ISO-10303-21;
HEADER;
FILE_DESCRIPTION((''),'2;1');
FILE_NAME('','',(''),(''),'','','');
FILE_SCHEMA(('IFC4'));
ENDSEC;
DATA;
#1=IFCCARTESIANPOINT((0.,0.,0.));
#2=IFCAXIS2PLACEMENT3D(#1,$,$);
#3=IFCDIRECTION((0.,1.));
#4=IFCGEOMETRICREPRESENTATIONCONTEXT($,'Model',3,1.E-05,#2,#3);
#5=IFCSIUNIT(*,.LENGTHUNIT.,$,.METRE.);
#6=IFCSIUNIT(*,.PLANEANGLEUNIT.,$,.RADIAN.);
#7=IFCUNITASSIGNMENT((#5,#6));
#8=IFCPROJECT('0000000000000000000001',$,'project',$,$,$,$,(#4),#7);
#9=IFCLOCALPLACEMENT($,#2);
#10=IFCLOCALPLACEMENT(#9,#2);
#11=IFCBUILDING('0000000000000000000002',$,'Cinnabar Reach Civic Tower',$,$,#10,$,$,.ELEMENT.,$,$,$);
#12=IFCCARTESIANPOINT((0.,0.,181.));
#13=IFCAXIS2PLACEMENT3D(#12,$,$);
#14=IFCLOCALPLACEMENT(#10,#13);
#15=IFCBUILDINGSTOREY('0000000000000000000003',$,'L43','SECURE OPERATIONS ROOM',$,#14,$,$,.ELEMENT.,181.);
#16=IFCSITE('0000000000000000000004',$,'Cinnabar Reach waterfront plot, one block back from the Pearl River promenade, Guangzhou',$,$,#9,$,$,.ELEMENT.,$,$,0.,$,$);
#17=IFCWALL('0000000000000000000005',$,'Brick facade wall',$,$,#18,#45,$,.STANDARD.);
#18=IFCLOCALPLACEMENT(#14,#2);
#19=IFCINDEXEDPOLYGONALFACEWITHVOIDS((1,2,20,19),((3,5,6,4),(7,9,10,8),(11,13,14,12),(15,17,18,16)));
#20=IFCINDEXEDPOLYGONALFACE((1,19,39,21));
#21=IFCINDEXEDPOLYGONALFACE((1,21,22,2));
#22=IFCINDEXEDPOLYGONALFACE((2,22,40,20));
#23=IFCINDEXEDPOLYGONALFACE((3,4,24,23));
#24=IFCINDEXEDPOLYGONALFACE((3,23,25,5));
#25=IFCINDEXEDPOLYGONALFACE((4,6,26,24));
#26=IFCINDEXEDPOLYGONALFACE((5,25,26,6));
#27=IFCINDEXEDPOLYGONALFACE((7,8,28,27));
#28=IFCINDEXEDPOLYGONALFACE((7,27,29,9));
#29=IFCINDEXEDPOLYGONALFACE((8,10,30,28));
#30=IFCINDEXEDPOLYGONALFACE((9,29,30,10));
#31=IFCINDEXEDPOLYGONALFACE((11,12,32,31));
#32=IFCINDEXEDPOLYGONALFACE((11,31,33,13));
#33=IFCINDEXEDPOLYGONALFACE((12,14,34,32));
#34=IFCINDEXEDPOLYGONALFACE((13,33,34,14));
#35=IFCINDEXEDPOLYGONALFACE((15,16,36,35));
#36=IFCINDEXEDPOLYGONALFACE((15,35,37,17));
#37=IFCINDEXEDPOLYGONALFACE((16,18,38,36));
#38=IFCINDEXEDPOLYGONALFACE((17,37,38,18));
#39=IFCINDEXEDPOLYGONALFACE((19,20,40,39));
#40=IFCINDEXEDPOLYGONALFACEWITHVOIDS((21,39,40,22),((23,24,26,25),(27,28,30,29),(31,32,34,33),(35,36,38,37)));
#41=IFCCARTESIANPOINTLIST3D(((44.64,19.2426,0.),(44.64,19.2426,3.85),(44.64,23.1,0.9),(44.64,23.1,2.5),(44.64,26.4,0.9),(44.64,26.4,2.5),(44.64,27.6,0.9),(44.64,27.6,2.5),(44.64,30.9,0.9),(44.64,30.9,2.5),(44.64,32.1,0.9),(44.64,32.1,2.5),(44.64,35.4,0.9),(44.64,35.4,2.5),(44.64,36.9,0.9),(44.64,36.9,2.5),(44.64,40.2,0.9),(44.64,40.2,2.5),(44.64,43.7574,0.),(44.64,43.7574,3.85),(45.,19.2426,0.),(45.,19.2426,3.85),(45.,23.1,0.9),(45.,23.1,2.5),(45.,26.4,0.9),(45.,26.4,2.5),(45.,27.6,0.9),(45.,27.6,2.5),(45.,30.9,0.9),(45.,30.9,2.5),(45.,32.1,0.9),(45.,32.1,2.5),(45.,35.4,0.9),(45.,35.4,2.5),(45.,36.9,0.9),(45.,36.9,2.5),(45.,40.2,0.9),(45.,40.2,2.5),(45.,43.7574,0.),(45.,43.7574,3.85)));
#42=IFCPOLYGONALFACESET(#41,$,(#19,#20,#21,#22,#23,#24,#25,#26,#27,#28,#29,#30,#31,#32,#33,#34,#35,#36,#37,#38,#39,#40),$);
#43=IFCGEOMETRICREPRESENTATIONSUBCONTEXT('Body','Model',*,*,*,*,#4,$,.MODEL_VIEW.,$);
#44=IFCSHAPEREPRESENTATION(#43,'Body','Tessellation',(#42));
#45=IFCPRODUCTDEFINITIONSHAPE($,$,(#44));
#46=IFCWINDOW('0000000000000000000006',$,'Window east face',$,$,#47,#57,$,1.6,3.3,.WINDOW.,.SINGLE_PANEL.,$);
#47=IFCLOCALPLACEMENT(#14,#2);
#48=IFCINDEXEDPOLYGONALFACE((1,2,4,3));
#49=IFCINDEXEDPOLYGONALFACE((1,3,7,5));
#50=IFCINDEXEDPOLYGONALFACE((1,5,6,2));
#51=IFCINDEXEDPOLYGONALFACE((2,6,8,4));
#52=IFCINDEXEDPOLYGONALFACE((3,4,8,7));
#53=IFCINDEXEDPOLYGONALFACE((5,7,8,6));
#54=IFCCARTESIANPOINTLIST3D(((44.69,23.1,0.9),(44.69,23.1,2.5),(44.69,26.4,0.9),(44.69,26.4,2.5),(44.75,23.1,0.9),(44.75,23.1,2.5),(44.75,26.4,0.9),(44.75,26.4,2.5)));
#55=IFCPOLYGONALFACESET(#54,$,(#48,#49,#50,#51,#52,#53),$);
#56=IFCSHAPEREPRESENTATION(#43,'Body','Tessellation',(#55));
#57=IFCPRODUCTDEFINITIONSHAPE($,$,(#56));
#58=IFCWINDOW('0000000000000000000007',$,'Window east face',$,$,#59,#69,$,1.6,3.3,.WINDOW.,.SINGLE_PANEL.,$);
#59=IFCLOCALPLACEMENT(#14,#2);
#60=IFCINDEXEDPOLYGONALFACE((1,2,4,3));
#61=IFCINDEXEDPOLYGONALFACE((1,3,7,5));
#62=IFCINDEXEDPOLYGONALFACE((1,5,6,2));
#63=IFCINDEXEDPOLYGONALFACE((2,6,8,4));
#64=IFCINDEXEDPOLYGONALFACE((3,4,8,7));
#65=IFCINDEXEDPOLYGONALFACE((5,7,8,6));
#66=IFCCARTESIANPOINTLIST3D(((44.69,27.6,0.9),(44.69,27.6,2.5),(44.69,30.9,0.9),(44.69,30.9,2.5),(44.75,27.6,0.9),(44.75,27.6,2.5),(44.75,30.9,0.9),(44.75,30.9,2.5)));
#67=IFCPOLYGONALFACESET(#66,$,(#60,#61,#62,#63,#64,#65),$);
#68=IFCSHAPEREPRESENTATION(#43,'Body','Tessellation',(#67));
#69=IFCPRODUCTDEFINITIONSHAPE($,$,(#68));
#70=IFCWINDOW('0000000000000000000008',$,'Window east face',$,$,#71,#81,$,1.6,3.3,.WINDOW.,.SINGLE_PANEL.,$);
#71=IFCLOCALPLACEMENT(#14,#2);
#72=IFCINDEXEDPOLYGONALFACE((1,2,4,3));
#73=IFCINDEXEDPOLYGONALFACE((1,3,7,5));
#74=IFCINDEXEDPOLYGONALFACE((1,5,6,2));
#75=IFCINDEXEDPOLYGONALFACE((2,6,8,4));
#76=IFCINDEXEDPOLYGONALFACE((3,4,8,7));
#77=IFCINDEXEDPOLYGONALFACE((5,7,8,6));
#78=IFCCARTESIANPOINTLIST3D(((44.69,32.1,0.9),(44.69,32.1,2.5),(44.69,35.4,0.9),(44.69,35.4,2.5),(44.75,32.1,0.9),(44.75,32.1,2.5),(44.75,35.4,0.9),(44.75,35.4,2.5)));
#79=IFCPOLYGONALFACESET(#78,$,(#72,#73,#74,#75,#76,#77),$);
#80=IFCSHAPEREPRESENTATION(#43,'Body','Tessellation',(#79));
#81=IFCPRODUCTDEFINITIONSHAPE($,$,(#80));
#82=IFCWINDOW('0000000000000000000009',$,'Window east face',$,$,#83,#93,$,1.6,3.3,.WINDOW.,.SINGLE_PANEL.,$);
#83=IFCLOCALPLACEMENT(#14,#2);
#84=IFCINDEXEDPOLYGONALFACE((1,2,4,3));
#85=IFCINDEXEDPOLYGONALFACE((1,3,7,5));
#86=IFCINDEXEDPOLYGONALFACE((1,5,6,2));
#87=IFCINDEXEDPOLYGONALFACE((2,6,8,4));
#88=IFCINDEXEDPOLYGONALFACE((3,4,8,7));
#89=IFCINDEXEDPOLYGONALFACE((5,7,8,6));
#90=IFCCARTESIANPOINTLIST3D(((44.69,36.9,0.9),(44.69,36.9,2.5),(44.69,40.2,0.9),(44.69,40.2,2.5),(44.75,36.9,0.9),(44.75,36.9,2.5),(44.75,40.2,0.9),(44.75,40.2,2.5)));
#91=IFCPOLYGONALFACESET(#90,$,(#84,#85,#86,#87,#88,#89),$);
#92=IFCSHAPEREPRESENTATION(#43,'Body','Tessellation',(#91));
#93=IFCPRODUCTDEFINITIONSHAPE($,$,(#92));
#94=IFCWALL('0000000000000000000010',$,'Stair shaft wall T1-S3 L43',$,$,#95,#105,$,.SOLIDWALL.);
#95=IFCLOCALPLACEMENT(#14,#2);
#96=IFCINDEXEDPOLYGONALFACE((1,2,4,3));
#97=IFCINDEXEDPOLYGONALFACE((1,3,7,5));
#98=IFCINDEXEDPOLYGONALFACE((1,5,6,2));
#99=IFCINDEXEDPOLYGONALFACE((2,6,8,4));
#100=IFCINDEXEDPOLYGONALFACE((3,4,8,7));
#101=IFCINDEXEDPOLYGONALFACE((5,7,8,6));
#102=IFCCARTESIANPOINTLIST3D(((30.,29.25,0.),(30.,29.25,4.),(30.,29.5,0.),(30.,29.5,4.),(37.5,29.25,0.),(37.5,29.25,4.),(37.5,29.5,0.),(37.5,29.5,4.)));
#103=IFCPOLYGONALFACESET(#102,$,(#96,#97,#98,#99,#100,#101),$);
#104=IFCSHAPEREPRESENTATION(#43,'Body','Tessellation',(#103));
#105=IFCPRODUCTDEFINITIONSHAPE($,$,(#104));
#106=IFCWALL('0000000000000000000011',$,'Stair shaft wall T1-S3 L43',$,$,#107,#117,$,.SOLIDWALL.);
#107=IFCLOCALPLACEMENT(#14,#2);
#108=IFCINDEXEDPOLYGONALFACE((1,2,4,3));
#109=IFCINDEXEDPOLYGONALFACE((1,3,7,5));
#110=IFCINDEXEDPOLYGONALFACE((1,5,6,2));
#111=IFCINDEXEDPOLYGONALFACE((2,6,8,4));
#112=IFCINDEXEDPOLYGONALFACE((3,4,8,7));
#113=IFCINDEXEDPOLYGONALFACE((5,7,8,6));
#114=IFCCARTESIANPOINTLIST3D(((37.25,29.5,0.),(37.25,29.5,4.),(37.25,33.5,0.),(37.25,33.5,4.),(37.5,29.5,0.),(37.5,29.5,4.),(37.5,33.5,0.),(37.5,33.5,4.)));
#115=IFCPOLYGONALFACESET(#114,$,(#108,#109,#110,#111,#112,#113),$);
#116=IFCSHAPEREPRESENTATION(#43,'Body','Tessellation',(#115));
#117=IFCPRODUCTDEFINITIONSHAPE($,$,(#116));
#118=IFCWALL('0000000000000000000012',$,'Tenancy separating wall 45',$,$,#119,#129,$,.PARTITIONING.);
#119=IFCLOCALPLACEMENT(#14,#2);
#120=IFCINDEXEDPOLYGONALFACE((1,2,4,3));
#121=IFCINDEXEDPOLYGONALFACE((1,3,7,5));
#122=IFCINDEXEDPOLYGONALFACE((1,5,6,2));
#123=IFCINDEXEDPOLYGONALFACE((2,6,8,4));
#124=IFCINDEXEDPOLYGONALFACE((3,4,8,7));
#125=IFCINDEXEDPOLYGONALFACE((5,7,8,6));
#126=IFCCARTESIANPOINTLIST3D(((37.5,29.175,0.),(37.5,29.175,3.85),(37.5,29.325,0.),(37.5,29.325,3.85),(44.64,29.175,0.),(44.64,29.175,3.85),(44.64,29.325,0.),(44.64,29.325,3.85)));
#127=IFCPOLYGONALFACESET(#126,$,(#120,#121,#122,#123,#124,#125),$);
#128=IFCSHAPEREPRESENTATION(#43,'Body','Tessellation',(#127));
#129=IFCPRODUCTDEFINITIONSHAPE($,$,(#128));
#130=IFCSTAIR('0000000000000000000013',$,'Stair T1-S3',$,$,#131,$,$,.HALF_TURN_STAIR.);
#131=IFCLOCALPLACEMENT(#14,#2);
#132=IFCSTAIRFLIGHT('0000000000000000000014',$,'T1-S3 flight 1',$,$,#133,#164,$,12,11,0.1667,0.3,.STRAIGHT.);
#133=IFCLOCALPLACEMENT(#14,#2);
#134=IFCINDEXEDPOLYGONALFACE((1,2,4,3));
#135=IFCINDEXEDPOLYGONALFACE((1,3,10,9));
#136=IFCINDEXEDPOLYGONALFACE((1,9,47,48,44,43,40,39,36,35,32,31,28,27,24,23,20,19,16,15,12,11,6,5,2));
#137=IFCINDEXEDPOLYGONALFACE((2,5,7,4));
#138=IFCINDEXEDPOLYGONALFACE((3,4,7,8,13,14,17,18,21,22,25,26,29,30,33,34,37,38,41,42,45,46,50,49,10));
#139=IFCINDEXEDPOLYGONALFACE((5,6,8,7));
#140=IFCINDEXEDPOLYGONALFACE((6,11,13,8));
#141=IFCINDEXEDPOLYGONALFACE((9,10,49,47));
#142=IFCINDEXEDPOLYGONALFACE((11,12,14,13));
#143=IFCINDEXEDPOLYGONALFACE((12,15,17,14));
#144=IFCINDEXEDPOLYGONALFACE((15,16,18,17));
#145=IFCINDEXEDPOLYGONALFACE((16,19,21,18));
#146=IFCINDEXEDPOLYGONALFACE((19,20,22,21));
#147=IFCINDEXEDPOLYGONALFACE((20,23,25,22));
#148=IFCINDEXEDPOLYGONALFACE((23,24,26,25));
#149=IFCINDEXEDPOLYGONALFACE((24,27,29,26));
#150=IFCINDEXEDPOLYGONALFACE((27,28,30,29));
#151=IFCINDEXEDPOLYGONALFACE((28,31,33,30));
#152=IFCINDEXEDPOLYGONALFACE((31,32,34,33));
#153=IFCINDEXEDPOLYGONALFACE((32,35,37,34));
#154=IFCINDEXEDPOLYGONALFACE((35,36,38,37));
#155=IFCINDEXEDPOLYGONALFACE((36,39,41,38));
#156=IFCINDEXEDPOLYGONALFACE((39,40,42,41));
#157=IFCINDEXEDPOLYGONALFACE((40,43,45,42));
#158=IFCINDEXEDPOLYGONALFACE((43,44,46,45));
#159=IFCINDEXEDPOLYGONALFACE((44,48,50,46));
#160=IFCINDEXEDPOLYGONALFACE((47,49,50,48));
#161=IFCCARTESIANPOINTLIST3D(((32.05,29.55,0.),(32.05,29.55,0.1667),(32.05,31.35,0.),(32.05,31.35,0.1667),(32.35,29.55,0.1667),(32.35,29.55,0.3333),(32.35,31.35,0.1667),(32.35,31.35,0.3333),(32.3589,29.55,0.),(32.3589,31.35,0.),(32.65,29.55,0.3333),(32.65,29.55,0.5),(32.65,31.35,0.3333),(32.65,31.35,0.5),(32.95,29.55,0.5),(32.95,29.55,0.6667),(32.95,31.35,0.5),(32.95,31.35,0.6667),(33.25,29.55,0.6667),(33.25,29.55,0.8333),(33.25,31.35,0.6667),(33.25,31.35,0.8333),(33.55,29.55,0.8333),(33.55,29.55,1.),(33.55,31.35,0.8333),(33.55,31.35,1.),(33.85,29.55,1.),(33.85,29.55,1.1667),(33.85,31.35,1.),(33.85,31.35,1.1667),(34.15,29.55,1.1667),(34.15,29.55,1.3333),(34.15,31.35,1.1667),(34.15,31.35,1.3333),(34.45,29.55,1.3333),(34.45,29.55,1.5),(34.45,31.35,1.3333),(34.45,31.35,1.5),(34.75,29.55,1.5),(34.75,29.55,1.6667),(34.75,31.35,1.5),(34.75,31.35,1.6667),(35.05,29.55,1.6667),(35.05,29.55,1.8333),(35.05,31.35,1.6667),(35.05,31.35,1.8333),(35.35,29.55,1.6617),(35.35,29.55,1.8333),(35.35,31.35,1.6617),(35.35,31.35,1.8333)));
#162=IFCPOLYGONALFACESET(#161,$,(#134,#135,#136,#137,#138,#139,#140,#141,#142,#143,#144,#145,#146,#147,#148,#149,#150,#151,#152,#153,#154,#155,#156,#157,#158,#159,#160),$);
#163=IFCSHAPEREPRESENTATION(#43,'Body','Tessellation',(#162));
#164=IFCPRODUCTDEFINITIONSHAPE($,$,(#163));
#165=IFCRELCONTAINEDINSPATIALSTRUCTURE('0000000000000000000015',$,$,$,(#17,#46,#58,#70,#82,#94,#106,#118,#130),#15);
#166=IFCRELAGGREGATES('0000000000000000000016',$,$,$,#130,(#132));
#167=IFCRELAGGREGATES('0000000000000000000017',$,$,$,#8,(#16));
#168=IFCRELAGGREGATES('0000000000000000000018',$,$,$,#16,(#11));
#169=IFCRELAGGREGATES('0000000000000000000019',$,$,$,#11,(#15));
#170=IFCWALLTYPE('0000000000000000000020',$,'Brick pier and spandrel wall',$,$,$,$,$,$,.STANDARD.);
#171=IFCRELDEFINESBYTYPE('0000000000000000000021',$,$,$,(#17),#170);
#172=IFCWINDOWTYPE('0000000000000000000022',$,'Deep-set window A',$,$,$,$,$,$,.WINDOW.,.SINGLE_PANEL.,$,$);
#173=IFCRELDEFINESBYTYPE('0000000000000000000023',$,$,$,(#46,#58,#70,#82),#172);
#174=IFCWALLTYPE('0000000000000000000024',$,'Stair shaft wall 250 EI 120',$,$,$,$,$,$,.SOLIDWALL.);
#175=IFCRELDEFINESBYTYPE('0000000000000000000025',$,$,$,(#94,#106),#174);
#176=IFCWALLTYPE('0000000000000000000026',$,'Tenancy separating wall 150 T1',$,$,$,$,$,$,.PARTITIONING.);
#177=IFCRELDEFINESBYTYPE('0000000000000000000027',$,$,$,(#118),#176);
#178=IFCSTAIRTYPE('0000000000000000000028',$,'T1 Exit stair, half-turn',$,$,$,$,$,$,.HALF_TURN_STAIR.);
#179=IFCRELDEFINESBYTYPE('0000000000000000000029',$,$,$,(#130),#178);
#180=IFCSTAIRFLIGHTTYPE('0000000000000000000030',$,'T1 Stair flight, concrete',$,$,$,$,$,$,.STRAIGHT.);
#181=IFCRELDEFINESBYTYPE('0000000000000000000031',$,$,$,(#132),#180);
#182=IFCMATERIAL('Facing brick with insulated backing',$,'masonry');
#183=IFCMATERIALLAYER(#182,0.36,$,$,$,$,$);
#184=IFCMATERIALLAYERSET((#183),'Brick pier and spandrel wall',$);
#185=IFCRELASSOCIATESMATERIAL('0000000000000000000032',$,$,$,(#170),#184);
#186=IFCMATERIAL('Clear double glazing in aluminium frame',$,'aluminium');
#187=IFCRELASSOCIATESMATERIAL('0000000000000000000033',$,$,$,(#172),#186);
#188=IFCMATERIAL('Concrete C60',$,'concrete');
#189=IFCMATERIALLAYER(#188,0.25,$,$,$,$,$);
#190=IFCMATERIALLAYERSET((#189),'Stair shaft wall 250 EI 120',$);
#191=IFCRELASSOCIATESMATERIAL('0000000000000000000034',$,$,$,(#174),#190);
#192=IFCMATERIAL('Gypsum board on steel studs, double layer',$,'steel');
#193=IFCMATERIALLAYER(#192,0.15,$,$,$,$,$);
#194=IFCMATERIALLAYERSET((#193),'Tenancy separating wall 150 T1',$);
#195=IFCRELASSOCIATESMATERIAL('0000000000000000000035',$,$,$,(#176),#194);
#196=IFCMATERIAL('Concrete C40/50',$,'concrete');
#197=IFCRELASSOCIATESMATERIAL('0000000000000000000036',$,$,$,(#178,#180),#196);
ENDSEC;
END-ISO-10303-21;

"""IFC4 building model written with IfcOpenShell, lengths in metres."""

from ifc_helpers import new_model, si_unit, direction, frame, frame_2d, origin, place, context, subcontext, project, spatial, polyline, rectangle, outline, extrude, material, layer, layer_set, type_object, element, fill, aggregate, save


model = new_model("IFC4")

# Units and contexts
model_context = context("Model", 3, precision=1e-05, world=origin(), true_north=direction((0.0, 1.0)))
body_context = subcontext(model_context, "Body", "Model", "MODEL_VIEW")
ifc_project = project(units=[si_unit("LENGTHUNIT", "METRE"), si_unit("PLANEANGLEUNIT", "RADIAN")], contexts=[model_context])

# Site, building, storey
site_placement = place(None, origin())
site = spatial("IfcSite", under=ifc_project, at=site_placement, Name="Cinnabar Reach waterfront plot, one block back from the Pearl River promenade, Guangzhou", CompositionType="ELEMENT", RefElevation=0.0)
building_placement = place(site_placement, origin())
building = spatial("IfcBuilding", under=site, at=building_placement, Name="Cinnabar Reach Civic Tower", CompositionType="ELEMENT")
storey_placement = place(building_placement, frame((0.0, 0.0, 181.0)))
storey = spatial("IfcBuildingStorey", under=building, at=storey_placement, Name="L43", Description="SECURE OPERATIONS ROOM", CompositionType="ELEMENT", Elevation=181.0)

# Shared definitions
ifc_material_1 = material(Name="Facing brick with insulated backing", Category="masonry")

# Wall, openings, windows
ifc_layer_1 = layer(ifc_material_1, 0.36)
ifc_layer_set_1 = layer_set([ifc_layer_1], Name="Brick pier and spandrel wall")
wall_type_1 = type_object("IfcWallType", Name="Brick pier and spandrel wall", PredefinedType="STANDARD", material=ifc_layer_set_1)
wall_1_placement = place(storey_placement, frame((44.82, 19.2426, 0.0), z_axis=(0.0, 0.0, 1.0), x_axis=(0.0, 1.0, 0.0)))
wall_1 = element("IfcWall", 1, at=wall_1_placement, inside=storey, type_object=wall_type_1, Name="Brick facade wall", PredefinedType="STANDARD", context=body_context, shape_type="SweptSolid", body=[
    extrude(rectangle(XDim=24.5148, YDim=0.36, at=frame_2d((12.2574, 0.0))), origin(), (0.0, 0.0, 1.0), 3.85),
])
opening_1_placement = place(wall_1_placement, frame((3.8574, 0.0, 0.9)))
opening_1 = element("IfcOpeningElement", 2, at=opening_1_placement, cuts=wall_1, PredefinedType="OPENING", context=body_context, shape_type="SweptSolid", body=[
    extrude(rectangle(XDim=3.3, YDim=1.6, at=frame_2d((1.65, 0.8))), frame((0.0, 0.19, 0.0), z_axis=(0.0, -1.0, 0.0), x_axis=(1.0, 0.0, 0.0)), (0.0, 0.0, 1.0), 0.38),
])
opening_2_placement = place(wall_1_placement, frame((8.3574, 0.0, 0.9)))
opening_2 = element("IfcOpeningElement", 3, at=opening_2_placement, cuts=wall_1, PredefinedType="OPENING", context=body_context, shape_type="SweptSolid", body=[
    extrude(rectangle(XDim=3.3, YDim=1.6, at=frame_2d((1.65, 0.8))), frame((0.0, 0.19, 0.0), z_axis=(0.0, -1.0, 0.0), x_axis=(1.0, 0.0, 0.0)), (0.0, 0.0, 1.0), 0.38),
])
opening_3_placement = place(wall_1_placement, frame((12.8574, 0.0, 0.9)))
opening_3 = element("IfcOpeningElement", 4, at=opening_3_placement, cuts=wall_1, PredefinedType="OPENING", context=body_context, shape_type="SweptSolid", body=[
    extrude(rectangle(XDim=3.3, YDim=1.6, at=frame_2d((1.65, 0.8))), frame((0.0, 0.19, 0.0), z_axis=(0.0, -1.0, 0.0), x_axis=(1.0, 0.0, 0.0)), (0.0, 0.0, 1.0), 0.38),
])
opening_4_placement = place(wall_1_placement, frame((17.6574, 0.0, 0.9)))
opening_4 = element("IfcOpeningElement", 5, at=opening_4_placement, cuts=wall_1, PredefinedType="OPENING", context=body_context, shape_type="SweptSolid", body=[
    extrude(rectangle(XDim=3.3, YDim=1.6, at=frame_2d((1.65, 0.8))), frame((0.0, 0.19, 0.0), z_axis=(0.0, -1.0, 0.0), x_axis=(1.0, 0.0, 0.0)), (0.0, 0.0, 1.0), 0.38),
])
ifc_material_2 = material(Name="Clear double glazing in aluminium frame", Category="aluminium")
window_type = type_object("IfcWindowType", Name="Deep-set window A", PartitioningType="SINGLE_PANEL", PredefinedType="WINDOW", material=ifc_material_2)
window_1_placement = place(opening_1_placement, origin())
window_1 = element("IfcWindow", 6, at=window_1_placement, inside=storey, type_object=window_type, Name="Window east face", OverallHeight=1.6, OverallWidth=3.3, PartitioningType="SINGLE_PANEL", PredefinedType="WINDOW", context=body_context, shape_type="SweptSolid", body=[
    extrude(rectangle(XDim=3.3, YDim=1.6, at=frame_2d((1.65, 0.8))), frame((0.0, 0.13, 0.0), z_axis=(0.0, -1.0, 0.0), x_axis=(1.0, 0.0, 0.0)), (0.0, 0.0, 1.0), 0.06),
])
fill(opening_1, window_1)
window_2_placement = place(opening_2_placement, origin())
window_2 = element("IfcWindow", 7, at=window_2_placement, inside=storey, type_object=window_type, Name="Window east face", OverallHeight=1.6, OverallWidth=3.3, PartitioningType="SINGLE_PANEL", PredefinedType="WINDOW", context=body_context, shape_type="SweptSolid", body=[
    extrude(rectangle(XDim=3.3, YDim=1.6, at=frame_2d((1.65, 0.8))), frame((0.0, 0.13, 0.0), z_axis=(0.0, -1.0, 0.0), x_axis=(1.0, 0.0, 0.0)), (0.0, 0.0, 1.0), 0.06),
])
fill(opening_2, window_2)
window_3_placement = place(opening_3_placement, origin())
window_3 = element("IfcWindow", 8, at=window_3_placement, inside=storey, type_object=window_type, Name="Window east face", OverallHeight=1.6, OverallWidth=3.3, PartitioningType="SINGLE_PANEL", PredefinedType="WINDOW", context=body_context, shape_type="SweptSolid", body=[
    extrude(rectangle(XDim=3.3, YDim=1.6, at=frame_2d((1.65, 0.8))), frame((0.0, 0.13, 0.0), z_axis=(0.0, -1.0, 0.0), x_axis=(1.0, 0.0, 0.0)), (0.0, 0.0, 1.0), 0.06),
])
fill(opening_3, window_3)
window_4_placement = place(opening_4_placement, origin())
window_4 = element("IfcWindow", 9, at=window_4_placement, inside=storey, type_object=window_type, Name="Window east face", OverallHeight=1.6, OverallWidth=3.3, PartitioningType="SINGLE_PANEL", PredefinedType="WINDOW", context=body_context, shape_type="SweptSolid", body=[
    extrude(rectangle(XDim=3.3, YDim=1.6, at=frame_2d((1.65, 0.8))), frame((0.0, 0.13, 0.0), z_axis=(0.0, -1.0, 0.0), x_axis=(1.0, 0.0, 0.0)), (0.0, 0.0, 1.0), 0.06),
])
fill(opening_4, window_4)

# Walls
ifc_material_3 = material(Name="Concrete C60", Category="concrete")
ifc_layer_2 = layer(ifc_material_3, 0.25)
ifc_layer_set_2 = layer_set([ifc_layer_2], Name="Stair shaft wall 250 EI 120")
wall_type_2 = type_object("IfcWallType", Name="Stair shaft wall 250 EI 120", PredefinedType="SOLIDWALL", material=ifc_layer_set_2)
wall_2_placement = place(storey_placement, frame((30.0, 29.375, 0.0), z_axis=(0.0, 0.0, 1.0), x_axis=(1.0, 0.0, 0.0)))
element("IfcWall", 10, at=wall_2_placement, inside=storey, type_object=wall_type_2, Name="Stair shaft wall T1-S3 L43", PredefinedType="SOLIDWALL", context=body_context, shape_type="SweptSolid", body=[
    extrude(rectangle(XDim=7.5, YDim=0.25, at=frame_2d((3.75, 0.0))), origin(), (0.0, 0.0, 1.0), 4.0),
])
wall_3_placement = place(storey_placement, frame((37.375, 29.5, 0.0), z_axis=(0.0, 0.0, 1.0), x_axis=(0.0, 1.0, 0.0)))
element("IfcWall", 11, at=wall_3_placement, inside=storey, type_object=wall_type_2, Name="Stair shaft wall T1-S3 L43", PredefinedType="SOLIDWALL", context=body_context, shape_type="SweptSolid", body=[
    extrude(rectangle(XDim=4.0, YDim=0.25, at=frame_2d((2.0, 0.0))), origin(), (0.0, 0.0, 1.0), 4.0),
])
ifc_material_4 = material(Name="Gypsum board on steel studs, double layer", Category="steel")
ifc_layer_3 = layer(ifc_material_4, 0.15)
ifc_layer_set_3 = layer_set([ifc_layer_3], Name="Tenancy separating wall 150 T1")
wall_type_3 = type_object("IfcWallType", Name="Tenancy separating wall 150 T1", PredefinedType="PARTITIONING", material=ifc_layer_set_3)
wall_4_placement = place(storey_placement, frame((37.5, 29.25, 0.0), z_axis=(0.0, 0.0, 1.0), x_axis=(1.0, 0.0, 0.0)))
element("IfcWall", 12, at=wall_4_placement, inside=storey, type_object=wall_type_3, Name="Tenancy separating wall 45", PredefinedType="PARTITIONING", context=body_context, shape_type="SweptSolid", body=[
    extrude(rectangle(XDim=7.14, YDim=0.15, at=frame_2d((3.57, 0.0))), origin(), (0.0, 0.0, 1.0), 3.85),
])

# Stair, stair flight
ifc_material_5 = material(Name="Concrete C40/50", Category="concrete")
stair_type = type_object("IfcStairType", Name="T1 Exit stair, half-turn", PredefinedType="HALF_TURN_STAIR", material=ifc_material_5)
stair_placement = place(storey_placement, origin())
stair = element("IfcStair", 13, at=stair_placement, inside=storey, type_object=stair_type, Name="Stair T1-S3", PredefinedType="HALF_TURN_STAIR")
stair_flight_type = type_object("IfcStairFlightType", Name="T1 Stair flight, concrete", PredefinedType="STRAIGHT", material=ifc_material_5)
stair_flight_placement = place(storey_placement, frame((32.05, 30.45, 0.0), z_axis=(0.0, 0.0, 1.0), x_axis=(1.0, 0.0, 0.0)))
stair_flight = element("IfcStairFlight", 14, at=stair_flight_placement, type_object=stair_flight_type, Name="T1-S3 flight 1", NumberOfRisers=12, NumberOfTreads=11, PredefinedType="STRAIGHT", RiserHeight=0.1667, TreadLength=0.3, context=body_context, shape_type="SweptSolid", body=[
    extrude(outline(polyline([(0.0, 0.0), (0.0, 0.1667), (0.3, 0.1667), (0.3, 0.3333), (0.6, 0.3333), (0.6, 0.5), (0.9, 0.5), (0.9, 0.6667), (1.2, 0.6667), (1.2, 0.8333), (1.5, 0.8333), (1.5, 1.0), (1.8, 1.0), (1.8, 1.1667), (2.1, 1.1667), (2.1, 1.3333), (2.4, 1.3333), (2.4, 1.5), (2.7, 1.5), (2.7, 1.6667), (3.0, 1.6667), (3.0, 1.8333), (3.3, 1.8333), (3.3, 2.0), (3.3, 1.6617), (0.3089, 0.0), (0.0, 0.0)])), frame((0.0, 0.9, 0.0), z_axis=(0.0, -1.0, 0.0), x_axis=(1.0, 0.0, 0.0)), (0.0, 0.0, 1.0), 1.8),
])
aggregate(stair, [stair_flight])

save(model, "model.ifc")
